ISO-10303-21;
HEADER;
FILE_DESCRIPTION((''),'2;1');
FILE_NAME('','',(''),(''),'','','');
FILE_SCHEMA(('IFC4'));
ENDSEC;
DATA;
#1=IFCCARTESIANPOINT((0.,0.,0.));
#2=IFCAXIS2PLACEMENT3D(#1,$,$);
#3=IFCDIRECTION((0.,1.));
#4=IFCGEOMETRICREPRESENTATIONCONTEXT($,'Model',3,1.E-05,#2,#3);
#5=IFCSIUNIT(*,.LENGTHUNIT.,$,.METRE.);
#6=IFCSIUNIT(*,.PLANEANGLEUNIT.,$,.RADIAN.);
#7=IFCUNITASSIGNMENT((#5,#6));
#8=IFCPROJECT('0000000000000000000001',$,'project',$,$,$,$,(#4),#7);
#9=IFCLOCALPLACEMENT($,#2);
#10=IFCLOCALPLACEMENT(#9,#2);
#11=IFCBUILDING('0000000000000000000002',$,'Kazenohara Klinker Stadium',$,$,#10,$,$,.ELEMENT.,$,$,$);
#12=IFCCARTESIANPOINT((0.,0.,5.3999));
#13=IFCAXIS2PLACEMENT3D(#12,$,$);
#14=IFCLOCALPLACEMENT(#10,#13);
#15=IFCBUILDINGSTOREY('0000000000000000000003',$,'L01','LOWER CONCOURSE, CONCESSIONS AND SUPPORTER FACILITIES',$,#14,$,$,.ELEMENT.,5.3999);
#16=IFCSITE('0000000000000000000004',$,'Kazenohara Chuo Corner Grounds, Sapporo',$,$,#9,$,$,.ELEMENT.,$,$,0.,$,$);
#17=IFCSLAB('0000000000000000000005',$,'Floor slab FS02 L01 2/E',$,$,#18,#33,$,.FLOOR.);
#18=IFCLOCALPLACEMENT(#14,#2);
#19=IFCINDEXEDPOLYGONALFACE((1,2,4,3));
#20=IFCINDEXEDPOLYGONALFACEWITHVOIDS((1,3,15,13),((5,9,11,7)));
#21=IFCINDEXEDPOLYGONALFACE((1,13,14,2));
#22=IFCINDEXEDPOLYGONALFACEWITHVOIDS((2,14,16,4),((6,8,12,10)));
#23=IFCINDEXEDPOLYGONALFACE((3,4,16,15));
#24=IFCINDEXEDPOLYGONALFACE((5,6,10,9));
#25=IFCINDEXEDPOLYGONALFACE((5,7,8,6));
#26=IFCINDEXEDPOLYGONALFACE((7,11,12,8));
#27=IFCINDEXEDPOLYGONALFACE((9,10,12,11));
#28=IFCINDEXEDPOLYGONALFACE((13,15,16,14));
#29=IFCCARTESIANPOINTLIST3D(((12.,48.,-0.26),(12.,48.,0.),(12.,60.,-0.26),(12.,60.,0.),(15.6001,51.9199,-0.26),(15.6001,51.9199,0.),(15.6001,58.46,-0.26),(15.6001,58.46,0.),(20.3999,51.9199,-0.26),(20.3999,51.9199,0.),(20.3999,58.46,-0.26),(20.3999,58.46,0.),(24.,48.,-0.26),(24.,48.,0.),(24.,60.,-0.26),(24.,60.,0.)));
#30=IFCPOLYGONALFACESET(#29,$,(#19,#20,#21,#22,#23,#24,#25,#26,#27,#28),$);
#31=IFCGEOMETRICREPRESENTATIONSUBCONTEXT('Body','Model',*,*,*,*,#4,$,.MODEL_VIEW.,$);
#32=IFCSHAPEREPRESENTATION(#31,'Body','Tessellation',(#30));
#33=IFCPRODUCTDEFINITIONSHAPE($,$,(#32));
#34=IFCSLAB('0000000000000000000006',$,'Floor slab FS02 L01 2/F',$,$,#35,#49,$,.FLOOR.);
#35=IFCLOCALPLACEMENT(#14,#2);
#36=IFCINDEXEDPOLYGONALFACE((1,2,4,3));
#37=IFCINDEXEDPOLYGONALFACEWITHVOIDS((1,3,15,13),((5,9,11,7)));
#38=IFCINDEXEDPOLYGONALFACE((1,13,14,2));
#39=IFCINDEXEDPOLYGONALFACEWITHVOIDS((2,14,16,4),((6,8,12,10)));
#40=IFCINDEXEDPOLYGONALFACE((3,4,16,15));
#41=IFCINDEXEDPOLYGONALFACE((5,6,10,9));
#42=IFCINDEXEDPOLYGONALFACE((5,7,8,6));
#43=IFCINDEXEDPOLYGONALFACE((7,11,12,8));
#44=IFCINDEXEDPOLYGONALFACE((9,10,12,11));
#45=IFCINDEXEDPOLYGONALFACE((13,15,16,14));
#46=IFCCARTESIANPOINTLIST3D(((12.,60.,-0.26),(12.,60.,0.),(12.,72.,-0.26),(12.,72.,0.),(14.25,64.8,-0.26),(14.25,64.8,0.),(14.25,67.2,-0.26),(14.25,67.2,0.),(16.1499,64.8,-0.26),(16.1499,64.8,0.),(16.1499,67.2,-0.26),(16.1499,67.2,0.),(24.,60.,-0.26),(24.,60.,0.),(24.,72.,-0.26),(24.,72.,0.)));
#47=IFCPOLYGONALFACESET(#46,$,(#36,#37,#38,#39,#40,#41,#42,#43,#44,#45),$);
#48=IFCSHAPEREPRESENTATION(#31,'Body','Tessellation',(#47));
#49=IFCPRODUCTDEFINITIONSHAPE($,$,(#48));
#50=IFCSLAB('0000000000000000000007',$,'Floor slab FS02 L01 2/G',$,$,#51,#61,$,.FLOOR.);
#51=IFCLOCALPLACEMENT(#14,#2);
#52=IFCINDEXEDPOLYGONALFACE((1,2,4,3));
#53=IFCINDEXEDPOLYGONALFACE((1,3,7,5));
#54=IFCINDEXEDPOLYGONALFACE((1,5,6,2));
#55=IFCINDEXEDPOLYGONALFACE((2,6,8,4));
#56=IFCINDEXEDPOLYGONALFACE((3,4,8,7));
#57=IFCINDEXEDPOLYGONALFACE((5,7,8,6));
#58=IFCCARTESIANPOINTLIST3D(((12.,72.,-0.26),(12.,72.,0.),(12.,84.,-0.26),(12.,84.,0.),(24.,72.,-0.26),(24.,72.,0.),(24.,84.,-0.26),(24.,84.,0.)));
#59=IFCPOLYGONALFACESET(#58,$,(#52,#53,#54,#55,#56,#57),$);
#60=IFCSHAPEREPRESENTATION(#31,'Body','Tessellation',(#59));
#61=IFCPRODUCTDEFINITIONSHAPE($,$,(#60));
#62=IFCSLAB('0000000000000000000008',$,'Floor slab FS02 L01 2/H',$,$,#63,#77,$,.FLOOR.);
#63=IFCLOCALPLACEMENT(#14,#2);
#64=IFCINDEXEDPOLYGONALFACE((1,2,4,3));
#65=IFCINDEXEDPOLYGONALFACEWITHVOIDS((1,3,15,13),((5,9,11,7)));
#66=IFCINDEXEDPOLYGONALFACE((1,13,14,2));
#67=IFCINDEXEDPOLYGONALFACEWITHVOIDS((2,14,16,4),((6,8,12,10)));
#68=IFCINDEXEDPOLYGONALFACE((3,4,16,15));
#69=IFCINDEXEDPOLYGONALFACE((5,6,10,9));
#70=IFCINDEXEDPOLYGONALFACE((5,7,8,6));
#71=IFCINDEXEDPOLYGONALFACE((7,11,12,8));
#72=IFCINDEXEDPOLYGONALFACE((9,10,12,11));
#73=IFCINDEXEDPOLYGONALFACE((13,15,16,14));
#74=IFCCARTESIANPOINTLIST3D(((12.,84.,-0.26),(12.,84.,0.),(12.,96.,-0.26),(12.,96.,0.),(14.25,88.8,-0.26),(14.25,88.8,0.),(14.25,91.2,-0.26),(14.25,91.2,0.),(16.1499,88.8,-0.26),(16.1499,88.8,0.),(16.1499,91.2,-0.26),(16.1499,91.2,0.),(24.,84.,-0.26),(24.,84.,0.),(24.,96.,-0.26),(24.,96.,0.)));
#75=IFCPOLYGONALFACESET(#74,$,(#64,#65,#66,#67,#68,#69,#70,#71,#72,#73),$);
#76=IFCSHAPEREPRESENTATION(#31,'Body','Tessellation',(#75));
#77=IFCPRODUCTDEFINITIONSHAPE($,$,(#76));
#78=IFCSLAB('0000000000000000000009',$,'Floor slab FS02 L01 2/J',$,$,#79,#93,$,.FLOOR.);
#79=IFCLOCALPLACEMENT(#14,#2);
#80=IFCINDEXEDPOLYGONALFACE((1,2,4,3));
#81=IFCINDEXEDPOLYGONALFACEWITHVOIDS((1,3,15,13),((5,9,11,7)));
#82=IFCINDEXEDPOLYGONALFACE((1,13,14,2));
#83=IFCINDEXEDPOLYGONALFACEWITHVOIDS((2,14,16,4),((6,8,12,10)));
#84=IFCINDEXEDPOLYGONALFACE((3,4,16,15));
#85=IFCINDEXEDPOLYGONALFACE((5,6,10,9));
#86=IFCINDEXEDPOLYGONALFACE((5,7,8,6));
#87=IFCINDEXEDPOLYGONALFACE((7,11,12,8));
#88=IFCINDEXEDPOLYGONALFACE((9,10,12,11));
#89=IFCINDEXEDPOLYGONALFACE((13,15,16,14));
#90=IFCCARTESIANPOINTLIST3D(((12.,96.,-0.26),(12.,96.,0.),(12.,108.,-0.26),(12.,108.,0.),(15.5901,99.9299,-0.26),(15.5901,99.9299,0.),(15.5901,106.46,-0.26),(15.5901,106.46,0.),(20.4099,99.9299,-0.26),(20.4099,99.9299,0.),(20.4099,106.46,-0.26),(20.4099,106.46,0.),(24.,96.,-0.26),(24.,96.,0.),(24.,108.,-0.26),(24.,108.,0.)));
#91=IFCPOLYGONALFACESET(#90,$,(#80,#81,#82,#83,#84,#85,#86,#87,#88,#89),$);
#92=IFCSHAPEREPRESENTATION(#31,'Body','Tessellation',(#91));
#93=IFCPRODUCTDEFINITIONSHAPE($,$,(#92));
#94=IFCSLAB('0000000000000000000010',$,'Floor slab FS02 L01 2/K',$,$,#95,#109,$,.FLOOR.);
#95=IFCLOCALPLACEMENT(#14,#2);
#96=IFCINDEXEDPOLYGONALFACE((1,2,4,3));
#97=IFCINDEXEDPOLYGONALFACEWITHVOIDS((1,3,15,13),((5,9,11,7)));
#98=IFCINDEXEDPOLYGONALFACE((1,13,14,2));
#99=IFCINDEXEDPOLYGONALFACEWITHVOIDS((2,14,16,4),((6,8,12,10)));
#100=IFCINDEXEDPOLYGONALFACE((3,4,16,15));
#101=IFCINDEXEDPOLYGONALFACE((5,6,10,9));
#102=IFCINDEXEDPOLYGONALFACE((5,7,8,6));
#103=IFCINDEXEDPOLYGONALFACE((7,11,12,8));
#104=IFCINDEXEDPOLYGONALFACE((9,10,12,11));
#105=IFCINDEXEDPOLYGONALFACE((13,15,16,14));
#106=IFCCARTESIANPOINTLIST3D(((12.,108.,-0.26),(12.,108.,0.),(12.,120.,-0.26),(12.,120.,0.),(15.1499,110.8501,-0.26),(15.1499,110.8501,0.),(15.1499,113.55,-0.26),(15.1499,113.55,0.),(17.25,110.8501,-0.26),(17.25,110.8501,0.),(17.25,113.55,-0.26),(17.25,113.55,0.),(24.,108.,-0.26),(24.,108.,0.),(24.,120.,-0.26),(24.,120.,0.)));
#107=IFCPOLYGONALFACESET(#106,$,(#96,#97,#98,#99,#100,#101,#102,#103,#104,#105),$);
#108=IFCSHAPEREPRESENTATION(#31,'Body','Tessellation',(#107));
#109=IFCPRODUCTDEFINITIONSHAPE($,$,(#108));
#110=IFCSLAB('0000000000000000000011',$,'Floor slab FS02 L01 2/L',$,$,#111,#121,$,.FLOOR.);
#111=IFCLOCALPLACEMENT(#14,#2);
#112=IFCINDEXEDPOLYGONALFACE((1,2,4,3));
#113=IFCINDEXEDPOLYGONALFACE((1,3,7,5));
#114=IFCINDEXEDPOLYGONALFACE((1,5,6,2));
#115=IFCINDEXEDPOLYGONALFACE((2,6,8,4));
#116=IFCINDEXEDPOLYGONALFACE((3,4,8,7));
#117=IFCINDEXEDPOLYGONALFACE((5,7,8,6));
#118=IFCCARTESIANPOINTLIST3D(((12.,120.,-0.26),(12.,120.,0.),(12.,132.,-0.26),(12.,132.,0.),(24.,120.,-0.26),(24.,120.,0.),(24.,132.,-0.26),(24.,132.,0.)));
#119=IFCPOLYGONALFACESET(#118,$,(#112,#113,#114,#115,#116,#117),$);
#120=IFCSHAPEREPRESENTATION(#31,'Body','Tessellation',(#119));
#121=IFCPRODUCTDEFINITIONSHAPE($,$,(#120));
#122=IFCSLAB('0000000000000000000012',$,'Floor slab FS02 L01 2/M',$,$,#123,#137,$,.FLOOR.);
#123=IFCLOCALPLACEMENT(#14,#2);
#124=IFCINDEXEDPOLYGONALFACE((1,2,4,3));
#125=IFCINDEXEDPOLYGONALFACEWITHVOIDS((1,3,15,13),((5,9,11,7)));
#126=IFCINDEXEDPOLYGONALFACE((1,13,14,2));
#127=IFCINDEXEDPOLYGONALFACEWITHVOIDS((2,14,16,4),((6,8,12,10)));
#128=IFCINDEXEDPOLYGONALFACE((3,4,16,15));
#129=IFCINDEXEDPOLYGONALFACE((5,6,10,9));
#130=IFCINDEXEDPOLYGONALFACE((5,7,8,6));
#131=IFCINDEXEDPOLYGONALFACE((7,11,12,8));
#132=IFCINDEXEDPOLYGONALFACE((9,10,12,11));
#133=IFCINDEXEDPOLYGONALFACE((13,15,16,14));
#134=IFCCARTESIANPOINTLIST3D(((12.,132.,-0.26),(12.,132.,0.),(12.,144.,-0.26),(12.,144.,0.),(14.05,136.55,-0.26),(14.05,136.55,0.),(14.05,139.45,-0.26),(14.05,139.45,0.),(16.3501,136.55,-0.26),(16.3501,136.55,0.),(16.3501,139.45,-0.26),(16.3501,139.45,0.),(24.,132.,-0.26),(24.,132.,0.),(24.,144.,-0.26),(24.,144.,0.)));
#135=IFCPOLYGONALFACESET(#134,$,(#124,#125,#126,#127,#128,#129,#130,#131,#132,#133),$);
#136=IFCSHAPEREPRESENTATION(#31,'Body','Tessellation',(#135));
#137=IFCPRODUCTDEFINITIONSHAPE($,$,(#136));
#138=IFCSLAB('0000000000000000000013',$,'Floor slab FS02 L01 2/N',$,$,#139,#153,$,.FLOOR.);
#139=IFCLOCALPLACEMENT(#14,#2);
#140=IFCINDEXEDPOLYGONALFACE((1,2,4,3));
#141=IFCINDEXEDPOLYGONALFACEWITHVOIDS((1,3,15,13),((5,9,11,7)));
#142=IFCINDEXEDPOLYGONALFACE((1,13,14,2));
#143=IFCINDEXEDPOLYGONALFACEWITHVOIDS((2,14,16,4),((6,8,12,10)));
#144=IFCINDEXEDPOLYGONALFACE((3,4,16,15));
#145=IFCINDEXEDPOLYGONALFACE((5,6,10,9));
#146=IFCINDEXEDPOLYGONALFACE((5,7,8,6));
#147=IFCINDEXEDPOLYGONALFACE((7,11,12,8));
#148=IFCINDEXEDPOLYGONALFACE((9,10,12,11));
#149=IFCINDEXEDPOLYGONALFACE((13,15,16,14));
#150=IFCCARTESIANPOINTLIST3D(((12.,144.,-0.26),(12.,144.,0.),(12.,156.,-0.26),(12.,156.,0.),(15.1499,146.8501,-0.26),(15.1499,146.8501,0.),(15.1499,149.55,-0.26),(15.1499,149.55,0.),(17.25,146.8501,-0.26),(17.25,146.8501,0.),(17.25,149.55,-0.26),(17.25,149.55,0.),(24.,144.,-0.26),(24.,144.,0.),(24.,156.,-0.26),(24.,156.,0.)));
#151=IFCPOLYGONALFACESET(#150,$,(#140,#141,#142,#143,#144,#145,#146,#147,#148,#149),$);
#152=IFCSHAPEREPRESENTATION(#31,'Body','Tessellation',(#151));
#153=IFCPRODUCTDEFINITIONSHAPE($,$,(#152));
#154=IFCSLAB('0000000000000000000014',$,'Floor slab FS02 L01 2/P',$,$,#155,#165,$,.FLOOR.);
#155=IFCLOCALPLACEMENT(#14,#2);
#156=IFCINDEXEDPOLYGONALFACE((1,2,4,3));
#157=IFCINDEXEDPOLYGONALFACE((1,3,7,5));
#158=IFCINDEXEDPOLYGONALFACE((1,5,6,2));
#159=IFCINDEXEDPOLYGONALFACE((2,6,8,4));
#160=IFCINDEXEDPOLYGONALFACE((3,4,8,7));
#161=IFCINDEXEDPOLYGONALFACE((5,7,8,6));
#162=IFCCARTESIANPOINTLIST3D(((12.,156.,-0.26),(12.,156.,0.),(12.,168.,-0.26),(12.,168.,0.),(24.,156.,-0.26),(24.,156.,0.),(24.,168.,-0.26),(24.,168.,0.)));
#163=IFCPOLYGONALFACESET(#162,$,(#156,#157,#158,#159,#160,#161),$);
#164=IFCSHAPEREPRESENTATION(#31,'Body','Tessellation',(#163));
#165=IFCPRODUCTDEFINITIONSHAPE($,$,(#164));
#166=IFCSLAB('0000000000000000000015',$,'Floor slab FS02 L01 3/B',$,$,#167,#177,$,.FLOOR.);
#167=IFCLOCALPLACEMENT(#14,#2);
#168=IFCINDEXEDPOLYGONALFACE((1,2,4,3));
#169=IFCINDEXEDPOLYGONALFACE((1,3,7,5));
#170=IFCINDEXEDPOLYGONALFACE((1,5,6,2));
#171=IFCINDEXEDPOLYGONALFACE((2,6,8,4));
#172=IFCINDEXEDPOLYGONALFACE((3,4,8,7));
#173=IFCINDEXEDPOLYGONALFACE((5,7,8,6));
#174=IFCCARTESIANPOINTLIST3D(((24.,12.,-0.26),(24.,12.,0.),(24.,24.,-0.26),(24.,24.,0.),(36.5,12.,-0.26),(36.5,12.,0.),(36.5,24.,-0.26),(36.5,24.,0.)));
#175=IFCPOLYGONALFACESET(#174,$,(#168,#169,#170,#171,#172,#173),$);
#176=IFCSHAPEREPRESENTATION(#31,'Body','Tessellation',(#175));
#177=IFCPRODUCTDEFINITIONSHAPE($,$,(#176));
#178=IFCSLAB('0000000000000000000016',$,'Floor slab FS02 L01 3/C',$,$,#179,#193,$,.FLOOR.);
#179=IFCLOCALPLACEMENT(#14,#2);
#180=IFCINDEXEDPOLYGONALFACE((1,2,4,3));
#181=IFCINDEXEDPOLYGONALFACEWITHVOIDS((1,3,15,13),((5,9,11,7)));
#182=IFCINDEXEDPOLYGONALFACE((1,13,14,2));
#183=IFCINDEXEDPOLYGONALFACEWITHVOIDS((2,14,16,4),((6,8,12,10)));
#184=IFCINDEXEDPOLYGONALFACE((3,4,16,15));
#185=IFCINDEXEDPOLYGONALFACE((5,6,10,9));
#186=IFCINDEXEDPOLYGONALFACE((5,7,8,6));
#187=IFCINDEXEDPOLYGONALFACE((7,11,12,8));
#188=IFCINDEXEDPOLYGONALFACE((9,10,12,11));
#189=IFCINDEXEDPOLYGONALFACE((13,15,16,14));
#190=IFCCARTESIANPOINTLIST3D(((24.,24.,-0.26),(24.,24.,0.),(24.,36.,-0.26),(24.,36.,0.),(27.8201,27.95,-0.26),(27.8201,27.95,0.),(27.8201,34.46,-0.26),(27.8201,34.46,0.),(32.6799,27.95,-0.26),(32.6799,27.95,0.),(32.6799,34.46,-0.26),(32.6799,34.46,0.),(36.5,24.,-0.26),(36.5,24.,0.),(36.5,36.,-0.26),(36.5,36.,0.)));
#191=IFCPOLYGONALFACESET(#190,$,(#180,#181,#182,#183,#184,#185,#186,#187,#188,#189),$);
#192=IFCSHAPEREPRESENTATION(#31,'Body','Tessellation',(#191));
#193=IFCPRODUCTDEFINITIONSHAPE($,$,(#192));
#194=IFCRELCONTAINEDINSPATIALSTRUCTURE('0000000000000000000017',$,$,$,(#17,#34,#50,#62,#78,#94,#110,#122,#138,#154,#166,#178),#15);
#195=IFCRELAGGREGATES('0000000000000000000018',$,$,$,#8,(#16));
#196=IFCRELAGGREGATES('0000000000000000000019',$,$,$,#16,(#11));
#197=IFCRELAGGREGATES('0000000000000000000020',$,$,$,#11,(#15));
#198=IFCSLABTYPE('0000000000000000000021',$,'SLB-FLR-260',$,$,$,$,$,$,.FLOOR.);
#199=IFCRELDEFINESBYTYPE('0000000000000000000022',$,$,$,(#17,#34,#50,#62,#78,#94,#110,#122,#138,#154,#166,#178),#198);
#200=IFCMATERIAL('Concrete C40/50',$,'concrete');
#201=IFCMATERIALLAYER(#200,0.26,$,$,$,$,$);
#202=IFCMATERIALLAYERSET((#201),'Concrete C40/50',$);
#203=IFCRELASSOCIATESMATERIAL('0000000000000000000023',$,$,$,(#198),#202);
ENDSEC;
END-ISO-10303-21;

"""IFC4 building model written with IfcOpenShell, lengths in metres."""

from ifc_helpers import new_model, si_unit, direction, frame, origin, place, context, subcontext, project, spatial, polyline, outline, extrude, material, layer, layer_set, type_object, element, save


model = new_model("IFC4")

# Units and contexts
model_context = context("Model", 3, precision=1e-05, world=origin(), true_north=direction((0.0, 1.0)))
body_context = subcontext(model_context, "Body", "Model", "MODEL_VIEW")
ifc_project = project(units=[si_unit("LENGTHUNIT", "METRE"), si_unit("PLANEANGLEUNIT", "RADIAN")], contexts=[model_context])

# Site, building, storey
site_placement = place(None, origin())
site = spatial("IfcSite", under=ifc_project, at=site_placement, Name="Kazenohara Chuo Corner Grounds, Sapporo", CompositionType="ELEMENT", RefElevation=0.0)
building_placement = place(site_placement, origin())
building = spatial("IfcBuilding", under=site, at=building_placement, Name="Kazenohara Klinker Stadium", CompositionType="ELEMENT")
storey_placement = place(building_placement, frame((0.0, 0.0, 5.3999)))
storey = spatial("IfcBuildingStorey", under=building, at=storey_placement, Name="L01", Description="LOWER CONCOURSE, CONCESSIONS AND SUPPORTER FACILITIES", CompositionType="ELEMENT", Elevation=5.3999)

# Slabs
ifc_material_1 = material(Name="Concrete C40/50", Category="concrete")
ifc_layer_1 = layer(ifc_material_1, 0.26)
ifc_layer_set_1 = layer_set([ifc_layer_1], Name="Concrete C40/50")
slab_type_1 = type_object("IfcSlabType", Name="SLB-FLR-260", PredefinedType="FLOOR", material=ifc_layer_set_1)
slab_1_placement = place(storey_placement, frame((0.0, 0.0, -0.26)))
element("IfcSlab", 1, at=slab_1_placement, inside=storey, type_object=slab_type_1, Name="Floor slab FS02 L01 2/E", PredefinedType="FLOOR", context=body_context, shape_type="SweptSolid", body=[
    extrude(outline(polyline([(12.0, 48.0), (24.0, 48.0), (24.0, 60.0), (12.0, 60.0), (12.0, 48.0)]), holes=[polyline([(20.3999, 51.9199), (20.3999, 58.46), (15.6001, 58.46), (15.6001, 51.9199), (20.3999, 51.9199)])]), origin(), (0.0, 0.0, 1.0), 0.26),
])
slab_2_placement = place(storey_placement, frame((0.0, 0.0, -0.26)))
element("IfcSlab", 2, at=slab_2_placement, inside=storey, type_object=slab_type_1, Name="Floor slab FS02 L01 2/F", PredefinedType="FLOOR", context=body_context, shape_type="SweptSolid", body=[
    extrude(outline(polyline([(12.0, 60.0), (24.0, 60.0), (24.0, 72.0), (12.0, 72.0), (12.0, 60.0)]), holes=[polyline([(14.25, 64.8), (16.1499, 64.8), (16.1499, 67.2), (14.25, 67.2), (14.25, 64.8)])]), origin(), (0.0, 0.0, 1.0), 0.26),
])
slab_3_placement = place(storey_placement, frame((0.0, 0.0, -0.26)))
element("IfcSlab", 3, at=slab_3_placement, inside=storey, type_object=slab_type_1, Name="Floor slab FS02 L01 2/G", PredefinedType="FLOOR", context=body_context, shape_type="SweptSolid", body=[
    extrude(outline(polyline([(12.0, 72.0), (24.0, 72.0), (24.0, 84.0), (12.0, 84.0), (12.0, 72.0)])), origin(), (0.0, 0.0, 1.0), 0.26),
])
slab_4_placement = place(storey_placement, frame((0.0, 0.0, -0.26)))
element("IfcSlab", 4, at=slab_4_placement, inside=storey, type_object=slab_type_1, Name="Floor slab FS02 L01 2/H", PredefinedType="FLOOR", context=body_context, shape_type="SweptSolid", body=[
    extrude(outline(polyline([(12.0, 84.0), (24.0, 84.0), (24.0, 96.0), (12.0, 96.0), (12.0, 84.0)]), holes=[polyline([(14.25, 88.8), (16.1499, 88.8), (16.1499, 91.2), (14.25, 91.2), (14.25, 88.8)])]), origin(), (0.0, 0.0, 1.0), 0.26),
])
slab_5_placement = place(storey_placement, frame((0.0, 0.0, -0.26)))
element("IfcSlab", 5, at=slab_5_placement, inside=storey, type_object=slab_type_1, Name="Floor slab FS02 L01 2/J", PredefinedType="FLOOR", context=body_context, shape_type="SweptSolid", body=[
    extrude(outline(polyline([(12.0, 96.0), (24.0, 96.0), (24.0, 108.0), (12.0, 108.0), (12.0, 96.0)]), holes=[polyline([(20.4099, 99.9299), (20.4099, 106.46), (15.5901, 106.46), (15.5901, 99.9299), (20.4099, 99.9299)])]), origin(), (0.0, 0.0, 1.0), 0.26),
])
slab_6_placement = place(storey_placement, frame((0.0, 0.0, -0.26)))
element("IfcSlab", 6, at=slab_6_placement, inside=storey, type_object=slab_type_1, Name="Floor slab FS02 L01 2/K", PredefinedType="FLOOR", context=body_context, shape_type="SweptSolid", body=[
    extrude(outline(polyline([(12.0, 108.0), (24.0, 108.0), (24.0, 120.0), (12.0, 120.0), (12.0, 108.0)]), holes=[polyline([(15.1499, 110.8501), (17.25, 110.8501), (17.25, 113.55), (15.1499, 113.55), (15.1499, 110.8501)])]), origin(), (0.0, 0.0, 1.0), 0.26),
])
slab_7_placement = place(storey_placement, frame((0.0, 0.0, -0.26)))
element("IfcSlab", 7, at=slab_7_placement, inside=storey, type_object=slab_type_1, Name="Floor slab FS02 L01 2/L", PredefinedType="FLOOR", context=body_context, shape_type="SweptSolid", body=[
    extrude(outline(polyline([(12.0, 120.0), (24.0, 120.0), (24.0, 132.0), (12.0, 132.0), (12.0, 120.0)])), origin(), (0.0, 0.0, 1.0), 0.26),
])
slab_8_placement = place(storey_placement, frame((0.0, 0.0, -0.26)))
element("IfcSlab", 8, at=slab_8_placement, inside=storey, type_object=slab_type_1, Name="Floor slab FS02 L01 2/M", PredefinedType="FLOOR", context=body_context, shape_type="SweptSolid", body=[
    extrude(outline(polyline([(12.0, 132.0), (24.0, 132.0), (24.0, 144.0), (12.0, 144.0), (12.0, 132.0)]), holes=[polyline([(14.05, 136.55), (16.3501, 136.55), (16.3501, 139.45), (14.05, 139.45), (14.05, 136.55)])]), origin(), (0.0, 0.0, 1.0), 0.26),
])
slab_9_placement = place(storey_placement, frame((0.0, 0.0, -0.26)))
element("IfcSlab", 9, at=slab_9_placement, inside=storey, type_object=slab_type_1, Name="Floor slab FS02 L01 2/N", PredefinedType="FLOOR", context=body_context, shape_type="SweptSolid", body=[
    extrude(outline(polyline([(12.0, 144.0), (24.0, 144.0), (24.0, 156.0), (12.0, 156.0), (12.0, 144.0)]), holes=[polyline([(15.1499, 146.8501), (17.25, 146.8501), (17.25, 149.55), (15.1499, 149.55), (15.1499, 146.8501)])]), origin(), (0.0, 0.0, 1.0), 0.26),
])
slab_10_placement = place(storey_placement, frame((0.0, 0.0, -0.26)))
element("IfcSlab", 10, at=slab_10_placement, inside=storey, type_object=slab_type_1, Name="Floor slab FS02 L01 2/P", PredefinedType="FLOOR", context=body_context, shape_type="SweptSolid", body=[
    extrude(outline(polyline([(12.0, 156.0), (24.0, 156.0), (24.0, 168.0), (12.0, 168.0), (12.0, 156.0)])), origin(), (0.0, 0.0, 1.0), 0.26),
])
slab_11_placement = place(storey_placement, frame((0.0, 0.0, -0.26)))
element("IfcSlab", 11, at=slab_11_placement, inside=storey, type_object=slab_type_1, Name="Floor slab FS02 L01 3/B", PredefinedType="FLOOR", context=body_context, shape_type="SweptSolid", body=[
    extrude(outline(polyline([(24.0, 12.0), (36.5, 12.0), (36.5, 24.0), (24.0, 24.0), (24.0, 12.0)])), origin(), (0.0, 0.0, 1.0), 0.26),
])
slab_12_placement = place(storey_placement, frame((0.0, 0.0, -0.26)))
element("IfcSlab", 12, at=slab_12_placement, inside=storey, type_object=slab_type_1, Name="Floor slab FS02 L01 3/C", PredefinedType="FLOOR", context=body_context, shape_type="SweptSolid", body=[
    extrude(outline(polyline([(24.0, 24.0), (36.5, 24.0), (36.5, 36.0), (24.0, 36.0), (24.0, 24.0)]), holes=[polyline([(32.6799, 27.95), (32.6799, 34.46), (27.8201, 34.46), (27.8201, 27.95), (32.6799, 27.95)])]), origin(), (0.0, 0.0, 1.0), 0.26),
])

save(model, "model.ifc")
